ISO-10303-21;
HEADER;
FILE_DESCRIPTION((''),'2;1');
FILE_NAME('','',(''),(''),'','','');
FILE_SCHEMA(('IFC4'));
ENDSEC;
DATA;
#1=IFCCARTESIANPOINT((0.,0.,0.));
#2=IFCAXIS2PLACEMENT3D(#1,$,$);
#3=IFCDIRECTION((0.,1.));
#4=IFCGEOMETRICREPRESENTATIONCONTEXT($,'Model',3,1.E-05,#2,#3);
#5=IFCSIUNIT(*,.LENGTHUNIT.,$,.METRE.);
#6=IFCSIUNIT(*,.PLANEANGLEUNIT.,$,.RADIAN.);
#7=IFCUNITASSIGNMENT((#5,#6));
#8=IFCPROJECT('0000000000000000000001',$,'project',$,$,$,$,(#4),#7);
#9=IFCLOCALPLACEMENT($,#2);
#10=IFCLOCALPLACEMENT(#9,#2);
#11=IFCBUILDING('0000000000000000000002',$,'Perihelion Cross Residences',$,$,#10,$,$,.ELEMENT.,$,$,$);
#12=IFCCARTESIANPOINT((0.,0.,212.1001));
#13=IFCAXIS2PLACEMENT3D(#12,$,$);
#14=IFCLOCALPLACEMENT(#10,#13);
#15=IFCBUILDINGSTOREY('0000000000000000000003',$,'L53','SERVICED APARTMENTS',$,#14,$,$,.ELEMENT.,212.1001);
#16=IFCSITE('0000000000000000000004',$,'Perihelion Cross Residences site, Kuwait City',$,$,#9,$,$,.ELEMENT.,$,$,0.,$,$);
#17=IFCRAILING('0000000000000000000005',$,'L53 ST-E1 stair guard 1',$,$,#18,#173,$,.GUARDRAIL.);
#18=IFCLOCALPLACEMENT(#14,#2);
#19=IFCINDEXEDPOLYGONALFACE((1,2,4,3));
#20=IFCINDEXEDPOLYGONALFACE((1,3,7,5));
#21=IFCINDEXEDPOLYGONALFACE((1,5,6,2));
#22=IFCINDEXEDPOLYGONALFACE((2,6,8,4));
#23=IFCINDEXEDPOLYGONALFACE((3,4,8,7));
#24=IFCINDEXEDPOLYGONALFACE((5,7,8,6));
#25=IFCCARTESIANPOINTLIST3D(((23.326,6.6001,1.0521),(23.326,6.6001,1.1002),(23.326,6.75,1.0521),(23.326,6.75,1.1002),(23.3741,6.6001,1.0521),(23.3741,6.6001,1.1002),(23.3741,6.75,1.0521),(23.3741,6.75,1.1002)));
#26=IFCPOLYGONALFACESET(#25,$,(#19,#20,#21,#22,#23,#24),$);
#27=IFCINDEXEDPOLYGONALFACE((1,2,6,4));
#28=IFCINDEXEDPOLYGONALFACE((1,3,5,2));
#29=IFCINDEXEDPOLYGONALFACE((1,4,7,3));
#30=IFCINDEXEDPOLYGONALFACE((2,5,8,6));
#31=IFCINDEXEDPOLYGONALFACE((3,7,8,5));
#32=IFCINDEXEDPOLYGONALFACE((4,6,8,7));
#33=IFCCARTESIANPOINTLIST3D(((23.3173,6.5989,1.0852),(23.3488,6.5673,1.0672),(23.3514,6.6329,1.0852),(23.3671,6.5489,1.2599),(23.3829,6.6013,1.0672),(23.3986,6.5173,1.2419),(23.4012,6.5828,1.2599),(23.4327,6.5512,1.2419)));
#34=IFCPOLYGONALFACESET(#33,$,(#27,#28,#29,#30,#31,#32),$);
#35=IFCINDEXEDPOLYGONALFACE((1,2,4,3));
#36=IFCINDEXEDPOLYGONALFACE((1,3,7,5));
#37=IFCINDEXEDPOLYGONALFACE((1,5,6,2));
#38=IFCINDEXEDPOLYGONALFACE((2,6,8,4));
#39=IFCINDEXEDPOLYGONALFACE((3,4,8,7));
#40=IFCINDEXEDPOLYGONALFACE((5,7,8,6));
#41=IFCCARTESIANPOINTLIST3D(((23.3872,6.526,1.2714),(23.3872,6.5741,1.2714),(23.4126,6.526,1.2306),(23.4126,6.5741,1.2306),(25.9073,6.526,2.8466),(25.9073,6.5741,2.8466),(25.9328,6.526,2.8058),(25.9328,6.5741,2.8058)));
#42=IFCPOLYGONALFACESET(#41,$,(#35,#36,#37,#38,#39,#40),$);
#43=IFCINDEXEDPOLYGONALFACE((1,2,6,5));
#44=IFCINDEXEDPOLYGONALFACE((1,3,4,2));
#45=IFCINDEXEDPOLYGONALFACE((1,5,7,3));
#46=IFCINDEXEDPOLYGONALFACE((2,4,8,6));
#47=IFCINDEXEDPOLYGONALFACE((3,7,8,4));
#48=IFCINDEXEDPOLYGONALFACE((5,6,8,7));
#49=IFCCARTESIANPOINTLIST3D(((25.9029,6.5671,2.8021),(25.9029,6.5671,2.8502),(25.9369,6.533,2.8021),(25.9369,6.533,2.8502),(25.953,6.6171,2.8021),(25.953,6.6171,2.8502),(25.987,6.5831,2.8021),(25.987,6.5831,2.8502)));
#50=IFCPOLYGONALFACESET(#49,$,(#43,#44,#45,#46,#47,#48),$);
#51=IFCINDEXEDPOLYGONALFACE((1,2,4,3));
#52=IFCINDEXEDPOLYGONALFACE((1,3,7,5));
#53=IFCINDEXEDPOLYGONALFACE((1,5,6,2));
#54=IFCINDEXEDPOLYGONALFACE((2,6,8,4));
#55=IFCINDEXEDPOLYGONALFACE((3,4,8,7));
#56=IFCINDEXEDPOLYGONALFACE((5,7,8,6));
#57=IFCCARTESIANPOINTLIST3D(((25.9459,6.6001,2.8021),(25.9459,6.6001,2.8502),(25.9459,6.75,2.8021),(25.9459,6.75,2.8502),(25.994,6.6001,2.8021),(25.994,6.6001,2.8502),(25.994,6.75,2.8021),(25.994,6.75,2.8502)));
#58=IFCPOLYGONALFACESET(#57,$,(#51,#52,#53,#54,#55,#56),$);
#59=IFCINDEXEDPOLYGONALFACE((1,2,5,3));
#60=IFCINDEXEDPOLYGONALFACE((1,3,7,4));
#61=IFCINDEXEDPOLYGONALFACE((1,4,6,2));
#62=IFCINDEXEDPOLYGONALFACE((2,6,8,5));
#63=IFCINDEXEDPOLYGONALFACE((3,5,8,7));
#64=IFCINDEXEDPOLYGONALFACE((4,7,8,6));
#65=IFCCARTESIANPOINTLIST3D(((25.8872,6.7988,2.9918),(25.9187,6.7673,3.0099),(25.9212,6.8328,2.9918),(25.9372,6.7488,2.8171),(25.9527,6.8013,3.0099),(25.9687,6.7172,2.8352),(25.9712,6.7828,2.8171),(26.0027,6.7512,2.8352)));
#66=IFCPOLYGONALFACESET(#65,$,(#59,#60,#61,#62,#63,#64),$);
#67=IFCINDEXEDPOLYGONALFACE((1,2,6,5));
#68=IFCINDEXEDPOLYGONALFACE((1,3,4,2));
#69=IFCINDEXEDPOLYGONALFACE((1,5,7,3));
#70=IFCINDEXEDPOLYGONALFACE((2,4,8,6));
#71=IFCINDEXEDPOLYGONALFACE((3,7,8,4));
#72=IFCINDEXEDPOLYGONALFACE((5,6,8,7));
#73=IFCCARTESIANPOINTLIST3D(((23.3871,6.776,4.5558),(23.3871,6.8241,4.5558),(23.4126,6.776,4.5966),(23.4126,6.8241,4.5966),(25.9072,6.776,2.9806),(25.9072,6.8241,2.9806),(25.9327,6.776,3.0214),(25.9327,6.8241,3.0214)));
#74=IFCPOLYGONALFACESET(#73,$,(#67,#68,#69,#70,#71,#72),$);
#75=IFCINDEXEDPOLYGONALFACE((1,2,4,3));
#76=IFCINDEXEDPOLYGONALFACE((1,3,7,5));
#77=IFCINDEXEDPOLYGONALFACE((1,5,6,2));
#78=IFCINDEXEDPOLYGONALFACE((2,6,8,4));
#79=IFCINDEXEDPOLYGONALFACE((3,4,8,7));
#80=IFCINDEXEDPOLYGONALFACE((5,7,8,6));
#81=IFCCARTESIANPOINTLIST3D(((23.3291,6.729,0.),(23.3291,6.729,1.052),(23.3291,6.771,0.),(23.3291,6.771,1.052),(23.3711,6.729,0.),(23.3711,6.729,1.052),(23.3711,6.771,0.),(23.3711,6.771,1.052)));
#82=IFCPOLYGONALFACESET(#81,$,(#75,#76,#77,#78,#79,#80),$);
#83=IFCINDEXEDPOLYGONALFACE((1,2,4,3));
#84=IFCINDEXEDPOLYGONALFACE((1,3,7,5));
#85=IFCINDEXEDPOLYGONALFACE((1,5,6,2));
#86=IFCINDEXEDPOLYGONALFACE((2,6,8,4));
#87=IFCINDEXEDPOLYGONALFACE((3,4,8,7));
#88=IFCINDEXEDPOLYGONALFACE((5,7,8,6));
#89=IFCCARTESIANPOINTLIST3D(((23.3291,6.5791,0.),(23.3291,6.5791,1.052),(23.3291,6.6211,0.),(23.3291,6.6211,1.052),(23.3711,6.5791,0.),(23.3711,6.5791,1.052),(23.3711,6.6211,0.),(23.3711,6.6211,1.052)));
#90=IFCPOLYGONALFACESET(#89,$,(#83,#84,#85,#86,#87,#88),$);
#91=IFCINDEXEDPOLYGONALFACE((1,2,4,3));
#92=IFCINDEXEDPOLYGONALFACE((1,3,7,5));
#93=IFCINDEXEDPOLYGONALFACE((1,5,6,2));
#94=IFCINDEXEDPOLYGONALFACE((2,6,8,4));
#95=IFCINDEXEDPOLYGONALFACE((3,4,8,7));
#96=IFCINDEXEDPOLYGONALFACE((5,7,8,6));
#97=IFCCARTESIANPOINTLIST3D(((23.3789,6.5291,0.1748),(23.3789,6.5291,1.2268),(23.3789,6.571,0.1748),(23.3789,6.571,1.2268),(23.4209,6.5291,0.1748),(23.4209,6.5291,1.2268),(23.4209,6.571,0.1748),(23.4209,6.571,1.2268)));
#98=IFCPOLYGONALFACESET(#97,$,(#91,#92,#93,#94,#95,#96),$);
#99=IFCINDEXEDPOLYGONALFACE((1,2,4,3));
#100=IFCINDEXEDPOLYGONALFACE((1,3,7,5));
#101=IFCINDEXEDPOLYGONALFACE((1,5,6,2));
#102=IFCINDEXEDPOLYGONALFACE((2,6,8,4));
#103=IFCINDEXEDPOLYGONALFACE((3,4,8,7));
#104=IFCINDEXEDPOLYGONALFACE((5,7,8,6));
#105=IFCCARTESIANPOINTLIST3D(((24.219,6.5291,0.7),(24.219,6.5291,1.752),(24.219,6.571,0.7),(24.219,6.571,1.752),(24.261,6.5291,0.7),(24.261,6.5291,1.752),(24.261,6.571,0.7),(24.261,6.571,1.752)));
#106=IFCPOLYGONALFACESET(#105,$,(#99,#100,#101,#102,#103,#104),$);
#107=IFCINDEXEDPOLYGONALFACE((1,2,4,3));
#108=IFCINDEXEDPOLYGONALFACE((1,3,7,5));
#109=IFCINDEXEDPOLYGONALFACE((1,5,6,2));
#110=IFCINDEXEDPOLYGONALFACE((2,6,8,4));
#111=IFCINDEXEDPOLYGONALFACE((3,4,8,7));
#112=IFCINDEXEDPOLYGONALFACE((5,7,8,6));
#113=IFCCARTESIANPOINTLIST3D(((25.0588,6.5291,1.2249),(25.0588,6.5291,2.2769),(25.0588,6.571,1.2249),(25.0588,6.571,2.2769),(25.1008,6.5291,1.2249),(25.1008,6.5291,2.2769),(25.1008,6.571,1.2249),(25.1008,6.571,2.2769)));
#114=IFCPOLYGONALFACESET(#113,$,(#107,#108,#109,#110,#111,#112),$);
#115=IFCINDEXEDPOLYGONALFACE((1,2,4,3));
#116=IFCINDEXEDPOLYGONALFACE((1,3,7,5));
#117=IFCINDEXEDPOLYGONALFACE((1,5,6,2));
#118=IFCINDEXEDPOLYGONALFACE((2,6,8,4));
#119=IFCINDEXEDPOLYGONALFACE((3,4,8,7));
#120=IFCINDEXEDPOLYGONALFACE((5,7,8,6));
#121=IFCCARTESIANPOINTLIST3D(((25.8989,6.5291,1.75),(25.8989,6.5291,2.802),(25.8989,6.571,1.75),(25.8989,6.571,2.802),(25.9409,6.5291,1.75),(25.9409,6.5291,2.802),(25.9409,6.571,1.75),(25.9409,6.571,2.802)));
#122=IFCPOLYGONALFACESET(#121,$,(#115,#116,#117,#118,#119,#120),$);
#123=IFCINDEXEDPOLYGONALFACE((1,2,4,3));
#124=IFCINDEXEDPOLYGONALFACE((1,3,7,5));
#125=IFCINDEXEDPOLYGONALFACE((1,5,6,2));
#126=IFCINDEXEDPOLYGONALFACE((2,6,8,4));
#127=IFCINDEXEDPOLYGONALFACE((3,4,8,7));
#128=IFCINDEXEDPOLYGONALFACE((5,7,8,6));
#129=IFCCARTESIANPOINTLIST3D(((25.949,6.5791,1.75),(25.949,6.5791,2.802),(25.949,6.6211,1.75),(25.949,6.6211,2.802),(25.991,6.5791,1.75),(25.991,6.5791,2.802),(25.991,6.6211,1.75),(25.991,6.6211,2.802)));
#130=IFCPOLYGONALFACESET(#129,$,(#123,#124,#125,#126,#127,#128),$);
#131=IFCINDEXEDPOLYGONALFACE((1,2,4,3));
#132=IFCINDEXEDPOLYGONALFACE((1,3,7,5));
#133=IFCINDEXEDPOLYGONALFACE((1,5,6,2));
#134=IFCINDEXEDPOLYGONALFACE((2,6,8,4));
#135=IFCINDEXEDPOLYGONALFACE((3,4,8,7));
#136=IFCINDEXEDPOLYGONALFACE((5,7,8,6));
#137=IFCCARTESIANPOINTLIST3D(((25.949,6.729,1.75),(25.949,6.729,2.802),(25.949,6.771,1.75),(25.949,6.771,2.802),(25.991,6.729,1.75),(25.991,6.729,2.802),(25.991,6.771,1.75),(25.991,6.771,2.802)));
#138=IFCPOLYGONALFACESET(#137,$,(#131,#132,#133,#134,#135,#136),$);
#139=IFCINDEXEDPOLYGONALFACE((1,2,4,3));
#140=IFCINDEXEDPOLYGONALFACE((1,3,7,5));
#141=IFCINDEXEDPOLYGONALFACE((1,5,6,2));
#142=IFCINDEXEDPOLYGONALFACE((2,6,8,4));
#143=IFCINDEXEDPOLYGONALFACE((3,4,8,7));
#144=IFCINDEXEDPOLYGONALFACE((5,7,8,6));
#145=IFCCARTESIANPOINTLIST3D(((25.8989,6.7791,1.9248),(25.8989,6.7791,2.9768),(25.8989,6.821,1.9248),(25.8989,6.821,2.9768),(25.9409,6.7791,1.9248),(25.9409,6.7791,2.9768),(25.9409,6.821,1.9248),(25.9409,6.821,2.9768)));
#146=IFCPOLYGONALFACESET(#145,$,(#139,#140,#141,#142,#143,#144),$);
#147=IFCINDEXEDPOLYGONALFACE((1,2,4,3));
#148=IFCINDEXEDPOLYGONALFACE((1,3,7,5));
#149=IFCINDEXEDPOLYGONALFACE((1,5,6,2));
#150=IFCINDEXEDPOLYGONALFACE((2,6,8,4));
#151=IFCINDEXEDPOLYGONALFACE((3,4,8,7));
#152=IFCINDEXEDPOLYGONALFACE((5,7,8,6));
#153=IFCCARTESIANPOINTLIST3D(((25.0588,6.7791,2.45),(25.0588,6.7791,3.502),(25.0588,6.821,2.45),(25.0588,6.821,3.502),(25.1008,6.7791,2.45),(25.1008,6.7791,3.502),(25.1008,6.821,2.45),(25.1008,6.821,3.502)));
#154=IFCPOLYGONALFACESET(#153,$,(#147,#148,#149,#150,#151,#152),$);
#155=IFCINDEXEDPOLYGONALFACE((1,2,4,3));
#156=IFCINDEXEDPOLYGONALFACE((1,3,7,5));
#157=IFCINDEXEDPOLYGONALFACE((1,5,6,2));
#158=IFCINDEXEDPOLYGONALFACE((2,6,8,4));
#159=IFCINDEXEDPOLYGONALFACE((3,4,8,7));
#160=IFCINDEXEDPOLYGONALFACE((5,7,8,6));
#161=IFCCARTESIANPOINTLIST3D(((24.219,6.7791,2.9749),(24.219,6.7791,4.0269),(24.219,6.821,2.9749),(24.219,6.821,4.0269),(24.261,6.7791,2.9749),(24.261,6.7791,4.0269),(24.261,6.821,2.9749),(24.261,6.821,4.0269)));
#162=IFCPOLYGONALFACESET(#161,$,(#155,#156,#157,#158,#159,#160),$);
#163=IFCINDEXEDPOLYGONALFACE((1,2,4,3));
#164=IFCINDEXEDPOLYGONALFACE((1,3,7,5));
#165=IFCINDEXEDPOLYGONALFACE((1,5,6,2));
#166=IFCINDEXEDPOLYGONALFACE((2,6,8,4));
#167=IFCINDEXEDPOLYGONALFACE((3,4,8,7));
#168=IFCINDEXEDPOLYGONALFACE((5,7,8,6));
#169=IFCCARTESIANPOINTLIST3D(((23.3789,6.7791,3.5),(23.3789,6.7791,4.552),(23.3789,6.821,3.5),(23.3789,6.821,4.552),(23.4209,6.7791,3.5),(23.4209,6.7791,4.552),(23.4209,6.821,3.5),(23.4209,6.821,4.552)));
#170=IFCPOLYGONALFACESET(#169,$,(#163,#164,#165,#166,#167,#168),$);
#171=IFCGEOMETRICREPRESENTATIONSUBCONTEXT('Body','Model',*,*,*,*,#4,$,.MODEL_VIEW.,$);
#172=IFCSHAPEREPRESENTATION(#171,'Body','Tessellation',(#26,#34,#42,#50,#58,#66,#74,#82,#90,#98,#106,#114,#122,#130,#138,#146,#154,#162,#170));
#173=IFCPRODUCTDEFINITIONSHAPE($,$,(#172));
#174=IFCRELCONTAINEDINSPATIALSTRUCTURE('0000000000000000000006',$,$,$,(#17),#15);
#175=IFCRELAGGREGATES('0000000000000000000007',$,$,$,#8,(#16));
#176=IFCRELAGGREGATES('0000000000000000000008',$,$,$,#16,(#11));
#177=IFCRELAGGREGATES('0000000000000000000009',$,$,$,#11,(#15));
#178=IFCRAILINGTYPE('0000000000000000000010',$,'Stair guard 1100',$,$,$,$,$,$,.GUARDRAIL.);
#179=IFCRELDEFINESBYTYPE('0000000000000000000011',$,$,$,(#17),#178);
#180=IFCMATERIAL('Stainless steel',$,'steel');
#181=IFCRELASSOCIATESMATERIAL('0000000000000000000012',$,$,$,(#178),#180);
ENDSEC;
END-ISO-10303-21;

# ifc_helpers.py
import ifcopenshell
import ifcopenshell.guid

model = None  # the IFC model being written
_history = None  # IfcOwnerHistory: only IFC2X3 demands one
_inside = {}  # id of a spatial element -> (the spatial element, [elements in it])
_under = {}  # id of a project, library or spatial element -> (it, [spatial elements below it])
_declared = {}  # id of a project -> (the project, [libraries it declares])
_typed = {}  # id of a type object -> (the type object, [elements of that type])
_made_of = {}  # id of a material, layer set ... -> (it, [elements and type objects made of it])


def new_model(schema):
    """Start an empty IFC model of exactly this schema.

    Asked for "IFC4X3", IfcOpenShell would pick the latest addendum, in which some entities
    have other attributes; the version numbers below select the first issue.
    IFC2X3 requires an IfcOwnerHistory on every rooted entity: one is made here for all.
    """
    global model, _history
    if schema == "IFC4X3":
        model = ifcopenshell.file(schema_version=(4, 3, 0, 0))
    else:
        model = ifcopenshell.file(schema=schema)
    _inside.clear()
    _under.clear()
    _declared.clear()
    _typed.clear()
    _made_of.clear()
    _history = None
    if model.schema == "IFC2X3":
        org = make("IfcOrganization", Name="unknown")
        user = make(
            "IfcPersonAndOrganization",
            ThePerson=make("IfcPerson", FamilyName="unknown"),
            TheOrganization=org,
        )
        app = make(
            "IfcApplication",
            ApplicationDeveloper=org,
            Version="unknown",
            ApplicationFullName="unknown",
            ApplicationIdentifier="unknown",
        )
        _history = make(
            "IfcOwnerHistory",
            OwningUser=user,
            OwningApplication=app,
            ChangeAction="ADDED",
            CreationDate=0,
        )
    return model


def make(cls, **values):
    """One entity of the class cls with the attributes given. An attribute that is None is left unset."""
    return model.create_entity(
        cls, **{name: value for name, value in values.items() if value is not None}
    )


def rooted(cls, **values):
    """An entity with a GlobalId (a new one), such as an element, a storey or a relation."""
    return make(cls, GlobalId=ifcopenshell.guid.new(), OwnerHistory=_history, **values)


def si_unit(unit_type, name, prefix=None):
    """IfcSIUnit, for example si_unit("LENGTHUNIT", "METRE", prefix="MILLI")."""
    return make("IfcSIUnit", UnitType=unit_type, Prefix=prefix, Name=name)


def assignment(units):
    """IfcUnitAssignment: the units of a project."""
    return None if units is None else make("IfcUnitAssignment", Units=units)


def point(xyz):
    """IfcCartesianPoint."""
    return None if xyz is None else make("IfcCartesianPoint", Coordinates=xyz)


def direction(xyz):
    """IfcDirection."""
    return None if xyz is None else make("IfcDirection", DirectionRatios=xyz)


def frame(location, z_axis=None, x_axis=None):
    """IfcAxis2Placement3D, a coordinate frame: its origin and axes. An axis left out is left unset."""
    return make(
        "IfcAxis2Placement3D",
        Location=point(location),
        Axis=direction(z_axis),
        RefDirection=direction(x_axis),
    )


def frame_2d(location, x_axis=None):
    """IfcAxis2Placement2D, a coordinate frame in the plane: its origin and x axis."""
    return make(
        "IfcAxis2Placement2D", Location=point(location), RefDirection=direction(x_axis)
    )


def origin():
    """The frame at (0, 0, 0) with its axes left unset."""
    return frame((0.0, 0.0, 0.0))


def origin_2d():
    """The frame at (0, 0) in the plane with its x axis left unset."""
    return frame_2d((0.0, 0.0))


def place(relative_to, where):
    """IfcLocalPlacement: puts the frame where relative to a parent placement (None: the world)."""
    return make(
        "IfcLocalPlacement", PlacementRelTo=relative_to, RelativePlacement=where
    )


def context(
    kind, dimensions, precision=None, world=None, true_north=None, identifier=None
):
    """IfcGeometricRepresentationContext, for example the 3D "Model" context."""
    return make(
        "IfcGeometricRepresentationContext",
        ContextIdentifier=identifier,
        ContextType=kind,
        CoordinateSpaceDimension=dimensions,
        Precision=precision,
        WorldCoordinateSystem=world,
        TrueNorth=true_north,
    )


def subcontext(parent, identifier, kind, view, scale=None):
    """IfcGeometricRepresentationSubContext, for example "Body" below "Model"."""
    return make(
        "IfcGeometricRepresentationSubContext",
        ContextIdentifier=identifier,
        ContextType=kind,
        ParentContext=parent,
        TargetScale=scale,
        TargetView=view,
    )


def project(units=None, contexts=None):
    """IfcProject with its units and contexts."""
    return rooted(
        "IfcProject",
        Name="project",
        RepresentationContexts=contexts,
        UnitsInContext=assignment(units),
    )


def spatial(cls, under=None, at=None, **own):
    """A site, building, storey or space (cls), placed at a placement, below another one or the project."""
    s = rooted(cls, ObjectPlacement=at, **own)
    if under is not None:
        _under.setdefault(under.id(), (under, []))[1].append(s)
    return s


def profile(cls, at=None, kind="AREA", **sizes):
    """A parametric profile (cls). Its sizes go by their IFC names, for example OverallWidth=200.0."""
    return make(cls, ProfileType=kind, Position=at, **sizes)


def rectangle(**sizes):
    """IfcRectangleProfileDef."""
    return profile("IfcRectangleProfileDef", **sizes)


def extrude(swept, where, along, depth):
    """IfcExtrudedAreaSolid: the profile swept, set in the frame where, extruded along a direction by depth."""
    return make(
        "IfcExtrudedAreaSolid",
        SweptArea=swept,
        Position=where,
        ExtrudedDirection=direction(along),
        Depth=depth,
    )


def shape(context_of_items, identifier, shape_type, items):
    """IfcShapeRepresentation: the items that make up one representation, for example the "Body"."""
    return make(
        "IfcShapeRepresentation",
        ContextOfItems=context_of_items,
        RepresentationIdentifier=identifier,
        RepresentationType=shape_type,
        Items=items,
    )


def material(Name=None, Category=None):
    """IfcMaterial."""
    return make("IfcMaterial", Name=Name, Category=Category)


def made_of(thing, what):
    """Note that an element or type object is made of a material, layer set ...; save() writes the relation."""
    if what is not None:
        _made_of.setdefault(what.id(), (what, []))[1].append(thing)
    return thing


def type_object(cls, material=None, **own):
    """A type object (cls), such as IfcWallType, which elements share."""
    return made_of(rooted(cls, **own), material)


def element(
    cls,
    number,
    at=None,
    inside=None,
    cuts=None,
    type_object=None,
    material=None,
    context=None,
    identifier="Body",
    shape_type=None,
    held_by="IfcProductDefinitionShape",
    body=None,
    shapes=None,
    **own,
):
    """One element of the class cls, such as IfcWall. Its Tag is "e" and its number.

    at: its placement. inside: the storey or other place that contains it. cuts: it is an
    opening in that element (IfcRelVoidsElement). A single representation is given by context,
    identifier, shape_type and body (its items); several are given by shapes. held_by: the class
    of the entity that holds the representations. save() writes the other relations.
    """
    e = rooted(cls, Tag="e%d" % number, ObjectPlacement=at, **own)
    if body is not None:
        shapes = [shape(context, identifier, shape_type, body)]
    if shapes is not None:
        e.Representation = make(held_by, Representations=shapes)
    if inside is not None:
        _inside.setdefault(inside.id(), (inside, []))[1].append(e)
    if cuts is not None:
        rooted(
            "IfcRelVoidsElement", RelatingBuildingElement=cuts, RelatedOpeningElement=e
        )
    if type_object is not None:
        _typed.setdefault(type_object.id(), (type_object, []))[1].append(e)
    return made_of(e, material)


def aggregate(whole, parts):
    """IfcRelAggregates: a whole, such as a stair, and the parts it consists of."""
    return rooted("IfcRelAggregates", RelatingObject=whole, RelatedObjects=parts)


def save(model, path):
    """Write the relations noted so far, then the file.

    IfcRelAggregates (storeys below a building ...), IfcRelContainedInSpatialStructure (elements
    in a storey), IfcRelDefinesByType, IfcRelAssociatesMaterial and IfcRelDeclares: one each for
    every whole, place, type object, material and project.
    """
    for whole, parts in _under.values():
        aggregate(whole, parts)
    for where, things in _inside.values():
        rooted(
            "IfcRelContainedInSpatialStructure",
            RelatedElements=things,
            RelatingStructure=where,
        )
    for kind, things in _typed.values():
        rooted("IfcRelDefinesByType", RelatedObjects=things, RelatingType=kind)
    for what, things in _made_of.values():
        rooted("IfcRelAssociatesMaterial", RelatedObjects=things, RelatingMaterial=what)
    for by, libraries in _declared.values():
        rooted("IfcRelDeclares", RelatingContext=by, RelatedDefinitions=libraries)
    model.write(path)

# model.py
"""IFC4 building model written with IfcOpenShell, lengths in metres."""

from ifc_helpers import new_model, si_unit, direction, frame, origin, origin_2d, place, context, subcontext, project, spatial, rectangle, extrude, material, type_object, element, save


model = new_model("IFC4")

# Units and contexts
model_context = context("Model", 3, precision=1e-05, world=origin(), true_north=direction((0.0, 1.0)))
body_context = subcontext(model_context, "Body", "Model", "MODEL_VIEW")
ifc_project = project(units=[si_unit("LENGTHUNIT", "METRE"), si_unit("PLANEANGLEUNIT", "RADIAN")], contexts=[model_context])

# Site, building, storey
site_placement = place(None, origin())
site = spatial("IfcSite", under=ifc_project, at=site_placement, Name="Perihelion Cross Residences site, Kuwait City", CompositionType="ELEMENT", RefElevation=0.0)
building_placement = place(site_placement, origin())
building = spatial("IfcBuilding", under=site, at=building_placement, Name="Perihelion Cross Residences", CompositionType="ELEMENT")
storey_placement = place(building_placement, frame((0.0, 0.0, 212.1001)))
storey = spatial("IfcBuildingStorey", under=building, at=storey_placement, Name="L53", Description="SERVICED APARTMENTS", CompositionType="ELEMENT", Elevation=212.1001)

# Railing
ifc_material_1 = material(Name="Stainless steel", Category="steel")
railing_type_1 = type_object("IfcRailingType", Name="Stair guard 1100", PredefinedType="GUARDRAIL", material=ifc_material_1)
railing_1_placement = place(storey_placement, frame((23.3501, 6.75, 0.0)))
element("IfcRailing", 1, at=railing_1_placement, inside=storey, type_object=railing_type_1, Name="L53 ST-E1 stair guard 1", PredefinedType="GUARDRAIL", context=body_context, shape_type="SweptSolid", body=[
    extrude(rectangle(XDim=0.0481, YDim=0.0481, at=origin_2d()), frame((0.0, 0.0, 1.0762), z_axis=(0.0, -1.0, 0.0), x_axis=(1.0, 0.0, 0.0)), (0.0, 0.0, 1.0), 0.1499),
    extrude(rectangle(XDim=0.0481, YDim=0.0481, at=origin_2d()), frame((0.0, -0.1499, 1.0762), z_axis=(0.264179, -0.265474, 0.927218), x_axis=(0.708834, 0.705376, 0.0)), (0.0, 0.0, 1.0), 0.1885),
    extrude(rectangle(XDim=0.0481, YDim=0.0481, at=origin_2d()), frame((0.0498, -0.2, 1.251), z_axis=(0.847971, 0.0, 0.530043), x_axis=(0.0, 1.0, 0.0)), (0.0, 0.0, 1.0), 2.9719),
    extrude(rectangle(XDim=0.0481, YDim=0.0481, at=origin_2d()), frame((2.5698, -0.2, 2.8262), z_axis=(0.707107, 0.707107, 0.0), x_axis=(-0.707107, 0.707107, 0.0)), (0.0, 0.0, 1.0), 0.0708),
    extrude(rectangle(XDim=0.0481, YDim=0.0481, at=origin_2d()), frame((2.6199, -0.1499, 2.8262), z_axis=(0.0, 1.0, 0.0), x_axis=(-1.0, 0.0, 0.0)), (0.0, 0.0, 1.0), 0.1499),
    extrude(rectangle(XDim=0.0481, YDim=0.0481, at=origin_2d()), frame((2.6199, 0.0, 2.8262), z_axis=(-0.265383, 0.265383, 0.9269), x_axis=(-0.707107, -0.707107, 0.0)), (0.0, 0.0, 1.0), 0.1885),
    extrude(rectangle(XDim=0.0481, YDim=0.0481, at=origin_2d()), frame((2.5698, 0.05, 3.001), z_axis=(-0.847971, 0.0, 0.530043), x_axis=(0.0, -1.0, 0.0)), (0.0, 0.0, 1.0), 2.9719),
    extrude(rectangle(XDim=0.042, YDim=0.042, at=origin_2d()), origin(), (0.0, 0.0, 1.0), 1.052),
    extrude(rectangle(XDim=0.042, YDim=0.042, at=origin_2d()), frame((0.0, -0.1499, 0.0)), (0.0, 0.0, 1.0), 1.052),
    extrude(rectangle(XDim=0.042, YDim=0.042, at=origin_2d()), frame((0.0498, -0.2, 0.1748)), (0.0, 0.0, 1.0), 1.052),
    extrude(rectangle(XDim=0.042, YDim=0.042, at=origin_2d()), frame((0.8899, -0.2, 0.7)), (0.0, 0.0, 1.0), 1.052),
    extrude(rectangle(XDim=0.042, YDim=0.042, at=origin_2d()), frame((1.7297, -0.2, 1.2249)), (0.0, 0.0, 1.0), 1.052),
    extrude(rectangle(XDim=0.042, YDim=0.042, at=origin_2d()), frame((2.5698, -0.2, 1.75)), (0.0, 0.0, 1.0), 1.052),
    extrude(rectangle(XDim=0.042, YDim=0.042, at=origin_2d()), frame((2.6199, -0.1499, 1.75)), (0.0, 0.0, 1.0), 1.052),
    extrude(rectangle(XDim=0.042, YDim=0.042, at=origin_2d()), frame((2.6199, 0.0, 1.75)), (0.0, 0.0, 1.0), 1.052),
    extrude(rectangle(XDim=0.042, YDim=0.042, at=origin_2d()), frame((2.5698, 0.05, 1.9248)), (0.0, 0.0, 1.0), 1.052),
    extrude(rectangle(XDim=0.042, YDim=0.042, at=origin_2d()), frame((1.7297, 0.05, 2.45)), (0.0, 0.0, 1.0), 1.052),
    extrude(rectangle(XDim=0.042, YDim=0.042, at=origin_2d()), frame((0.8899, 0.05, 2.9749)), (0.0, 0.0, 1.0), 1.052),
    extrude(rectangle(XDim=0.042, YDim=0.042, at=origin_2d()), frame((0.0498, 0.05, 3.5)), (0.0, 0.0, 1.0), 1.052),
])

save(model, "model.ifc")
